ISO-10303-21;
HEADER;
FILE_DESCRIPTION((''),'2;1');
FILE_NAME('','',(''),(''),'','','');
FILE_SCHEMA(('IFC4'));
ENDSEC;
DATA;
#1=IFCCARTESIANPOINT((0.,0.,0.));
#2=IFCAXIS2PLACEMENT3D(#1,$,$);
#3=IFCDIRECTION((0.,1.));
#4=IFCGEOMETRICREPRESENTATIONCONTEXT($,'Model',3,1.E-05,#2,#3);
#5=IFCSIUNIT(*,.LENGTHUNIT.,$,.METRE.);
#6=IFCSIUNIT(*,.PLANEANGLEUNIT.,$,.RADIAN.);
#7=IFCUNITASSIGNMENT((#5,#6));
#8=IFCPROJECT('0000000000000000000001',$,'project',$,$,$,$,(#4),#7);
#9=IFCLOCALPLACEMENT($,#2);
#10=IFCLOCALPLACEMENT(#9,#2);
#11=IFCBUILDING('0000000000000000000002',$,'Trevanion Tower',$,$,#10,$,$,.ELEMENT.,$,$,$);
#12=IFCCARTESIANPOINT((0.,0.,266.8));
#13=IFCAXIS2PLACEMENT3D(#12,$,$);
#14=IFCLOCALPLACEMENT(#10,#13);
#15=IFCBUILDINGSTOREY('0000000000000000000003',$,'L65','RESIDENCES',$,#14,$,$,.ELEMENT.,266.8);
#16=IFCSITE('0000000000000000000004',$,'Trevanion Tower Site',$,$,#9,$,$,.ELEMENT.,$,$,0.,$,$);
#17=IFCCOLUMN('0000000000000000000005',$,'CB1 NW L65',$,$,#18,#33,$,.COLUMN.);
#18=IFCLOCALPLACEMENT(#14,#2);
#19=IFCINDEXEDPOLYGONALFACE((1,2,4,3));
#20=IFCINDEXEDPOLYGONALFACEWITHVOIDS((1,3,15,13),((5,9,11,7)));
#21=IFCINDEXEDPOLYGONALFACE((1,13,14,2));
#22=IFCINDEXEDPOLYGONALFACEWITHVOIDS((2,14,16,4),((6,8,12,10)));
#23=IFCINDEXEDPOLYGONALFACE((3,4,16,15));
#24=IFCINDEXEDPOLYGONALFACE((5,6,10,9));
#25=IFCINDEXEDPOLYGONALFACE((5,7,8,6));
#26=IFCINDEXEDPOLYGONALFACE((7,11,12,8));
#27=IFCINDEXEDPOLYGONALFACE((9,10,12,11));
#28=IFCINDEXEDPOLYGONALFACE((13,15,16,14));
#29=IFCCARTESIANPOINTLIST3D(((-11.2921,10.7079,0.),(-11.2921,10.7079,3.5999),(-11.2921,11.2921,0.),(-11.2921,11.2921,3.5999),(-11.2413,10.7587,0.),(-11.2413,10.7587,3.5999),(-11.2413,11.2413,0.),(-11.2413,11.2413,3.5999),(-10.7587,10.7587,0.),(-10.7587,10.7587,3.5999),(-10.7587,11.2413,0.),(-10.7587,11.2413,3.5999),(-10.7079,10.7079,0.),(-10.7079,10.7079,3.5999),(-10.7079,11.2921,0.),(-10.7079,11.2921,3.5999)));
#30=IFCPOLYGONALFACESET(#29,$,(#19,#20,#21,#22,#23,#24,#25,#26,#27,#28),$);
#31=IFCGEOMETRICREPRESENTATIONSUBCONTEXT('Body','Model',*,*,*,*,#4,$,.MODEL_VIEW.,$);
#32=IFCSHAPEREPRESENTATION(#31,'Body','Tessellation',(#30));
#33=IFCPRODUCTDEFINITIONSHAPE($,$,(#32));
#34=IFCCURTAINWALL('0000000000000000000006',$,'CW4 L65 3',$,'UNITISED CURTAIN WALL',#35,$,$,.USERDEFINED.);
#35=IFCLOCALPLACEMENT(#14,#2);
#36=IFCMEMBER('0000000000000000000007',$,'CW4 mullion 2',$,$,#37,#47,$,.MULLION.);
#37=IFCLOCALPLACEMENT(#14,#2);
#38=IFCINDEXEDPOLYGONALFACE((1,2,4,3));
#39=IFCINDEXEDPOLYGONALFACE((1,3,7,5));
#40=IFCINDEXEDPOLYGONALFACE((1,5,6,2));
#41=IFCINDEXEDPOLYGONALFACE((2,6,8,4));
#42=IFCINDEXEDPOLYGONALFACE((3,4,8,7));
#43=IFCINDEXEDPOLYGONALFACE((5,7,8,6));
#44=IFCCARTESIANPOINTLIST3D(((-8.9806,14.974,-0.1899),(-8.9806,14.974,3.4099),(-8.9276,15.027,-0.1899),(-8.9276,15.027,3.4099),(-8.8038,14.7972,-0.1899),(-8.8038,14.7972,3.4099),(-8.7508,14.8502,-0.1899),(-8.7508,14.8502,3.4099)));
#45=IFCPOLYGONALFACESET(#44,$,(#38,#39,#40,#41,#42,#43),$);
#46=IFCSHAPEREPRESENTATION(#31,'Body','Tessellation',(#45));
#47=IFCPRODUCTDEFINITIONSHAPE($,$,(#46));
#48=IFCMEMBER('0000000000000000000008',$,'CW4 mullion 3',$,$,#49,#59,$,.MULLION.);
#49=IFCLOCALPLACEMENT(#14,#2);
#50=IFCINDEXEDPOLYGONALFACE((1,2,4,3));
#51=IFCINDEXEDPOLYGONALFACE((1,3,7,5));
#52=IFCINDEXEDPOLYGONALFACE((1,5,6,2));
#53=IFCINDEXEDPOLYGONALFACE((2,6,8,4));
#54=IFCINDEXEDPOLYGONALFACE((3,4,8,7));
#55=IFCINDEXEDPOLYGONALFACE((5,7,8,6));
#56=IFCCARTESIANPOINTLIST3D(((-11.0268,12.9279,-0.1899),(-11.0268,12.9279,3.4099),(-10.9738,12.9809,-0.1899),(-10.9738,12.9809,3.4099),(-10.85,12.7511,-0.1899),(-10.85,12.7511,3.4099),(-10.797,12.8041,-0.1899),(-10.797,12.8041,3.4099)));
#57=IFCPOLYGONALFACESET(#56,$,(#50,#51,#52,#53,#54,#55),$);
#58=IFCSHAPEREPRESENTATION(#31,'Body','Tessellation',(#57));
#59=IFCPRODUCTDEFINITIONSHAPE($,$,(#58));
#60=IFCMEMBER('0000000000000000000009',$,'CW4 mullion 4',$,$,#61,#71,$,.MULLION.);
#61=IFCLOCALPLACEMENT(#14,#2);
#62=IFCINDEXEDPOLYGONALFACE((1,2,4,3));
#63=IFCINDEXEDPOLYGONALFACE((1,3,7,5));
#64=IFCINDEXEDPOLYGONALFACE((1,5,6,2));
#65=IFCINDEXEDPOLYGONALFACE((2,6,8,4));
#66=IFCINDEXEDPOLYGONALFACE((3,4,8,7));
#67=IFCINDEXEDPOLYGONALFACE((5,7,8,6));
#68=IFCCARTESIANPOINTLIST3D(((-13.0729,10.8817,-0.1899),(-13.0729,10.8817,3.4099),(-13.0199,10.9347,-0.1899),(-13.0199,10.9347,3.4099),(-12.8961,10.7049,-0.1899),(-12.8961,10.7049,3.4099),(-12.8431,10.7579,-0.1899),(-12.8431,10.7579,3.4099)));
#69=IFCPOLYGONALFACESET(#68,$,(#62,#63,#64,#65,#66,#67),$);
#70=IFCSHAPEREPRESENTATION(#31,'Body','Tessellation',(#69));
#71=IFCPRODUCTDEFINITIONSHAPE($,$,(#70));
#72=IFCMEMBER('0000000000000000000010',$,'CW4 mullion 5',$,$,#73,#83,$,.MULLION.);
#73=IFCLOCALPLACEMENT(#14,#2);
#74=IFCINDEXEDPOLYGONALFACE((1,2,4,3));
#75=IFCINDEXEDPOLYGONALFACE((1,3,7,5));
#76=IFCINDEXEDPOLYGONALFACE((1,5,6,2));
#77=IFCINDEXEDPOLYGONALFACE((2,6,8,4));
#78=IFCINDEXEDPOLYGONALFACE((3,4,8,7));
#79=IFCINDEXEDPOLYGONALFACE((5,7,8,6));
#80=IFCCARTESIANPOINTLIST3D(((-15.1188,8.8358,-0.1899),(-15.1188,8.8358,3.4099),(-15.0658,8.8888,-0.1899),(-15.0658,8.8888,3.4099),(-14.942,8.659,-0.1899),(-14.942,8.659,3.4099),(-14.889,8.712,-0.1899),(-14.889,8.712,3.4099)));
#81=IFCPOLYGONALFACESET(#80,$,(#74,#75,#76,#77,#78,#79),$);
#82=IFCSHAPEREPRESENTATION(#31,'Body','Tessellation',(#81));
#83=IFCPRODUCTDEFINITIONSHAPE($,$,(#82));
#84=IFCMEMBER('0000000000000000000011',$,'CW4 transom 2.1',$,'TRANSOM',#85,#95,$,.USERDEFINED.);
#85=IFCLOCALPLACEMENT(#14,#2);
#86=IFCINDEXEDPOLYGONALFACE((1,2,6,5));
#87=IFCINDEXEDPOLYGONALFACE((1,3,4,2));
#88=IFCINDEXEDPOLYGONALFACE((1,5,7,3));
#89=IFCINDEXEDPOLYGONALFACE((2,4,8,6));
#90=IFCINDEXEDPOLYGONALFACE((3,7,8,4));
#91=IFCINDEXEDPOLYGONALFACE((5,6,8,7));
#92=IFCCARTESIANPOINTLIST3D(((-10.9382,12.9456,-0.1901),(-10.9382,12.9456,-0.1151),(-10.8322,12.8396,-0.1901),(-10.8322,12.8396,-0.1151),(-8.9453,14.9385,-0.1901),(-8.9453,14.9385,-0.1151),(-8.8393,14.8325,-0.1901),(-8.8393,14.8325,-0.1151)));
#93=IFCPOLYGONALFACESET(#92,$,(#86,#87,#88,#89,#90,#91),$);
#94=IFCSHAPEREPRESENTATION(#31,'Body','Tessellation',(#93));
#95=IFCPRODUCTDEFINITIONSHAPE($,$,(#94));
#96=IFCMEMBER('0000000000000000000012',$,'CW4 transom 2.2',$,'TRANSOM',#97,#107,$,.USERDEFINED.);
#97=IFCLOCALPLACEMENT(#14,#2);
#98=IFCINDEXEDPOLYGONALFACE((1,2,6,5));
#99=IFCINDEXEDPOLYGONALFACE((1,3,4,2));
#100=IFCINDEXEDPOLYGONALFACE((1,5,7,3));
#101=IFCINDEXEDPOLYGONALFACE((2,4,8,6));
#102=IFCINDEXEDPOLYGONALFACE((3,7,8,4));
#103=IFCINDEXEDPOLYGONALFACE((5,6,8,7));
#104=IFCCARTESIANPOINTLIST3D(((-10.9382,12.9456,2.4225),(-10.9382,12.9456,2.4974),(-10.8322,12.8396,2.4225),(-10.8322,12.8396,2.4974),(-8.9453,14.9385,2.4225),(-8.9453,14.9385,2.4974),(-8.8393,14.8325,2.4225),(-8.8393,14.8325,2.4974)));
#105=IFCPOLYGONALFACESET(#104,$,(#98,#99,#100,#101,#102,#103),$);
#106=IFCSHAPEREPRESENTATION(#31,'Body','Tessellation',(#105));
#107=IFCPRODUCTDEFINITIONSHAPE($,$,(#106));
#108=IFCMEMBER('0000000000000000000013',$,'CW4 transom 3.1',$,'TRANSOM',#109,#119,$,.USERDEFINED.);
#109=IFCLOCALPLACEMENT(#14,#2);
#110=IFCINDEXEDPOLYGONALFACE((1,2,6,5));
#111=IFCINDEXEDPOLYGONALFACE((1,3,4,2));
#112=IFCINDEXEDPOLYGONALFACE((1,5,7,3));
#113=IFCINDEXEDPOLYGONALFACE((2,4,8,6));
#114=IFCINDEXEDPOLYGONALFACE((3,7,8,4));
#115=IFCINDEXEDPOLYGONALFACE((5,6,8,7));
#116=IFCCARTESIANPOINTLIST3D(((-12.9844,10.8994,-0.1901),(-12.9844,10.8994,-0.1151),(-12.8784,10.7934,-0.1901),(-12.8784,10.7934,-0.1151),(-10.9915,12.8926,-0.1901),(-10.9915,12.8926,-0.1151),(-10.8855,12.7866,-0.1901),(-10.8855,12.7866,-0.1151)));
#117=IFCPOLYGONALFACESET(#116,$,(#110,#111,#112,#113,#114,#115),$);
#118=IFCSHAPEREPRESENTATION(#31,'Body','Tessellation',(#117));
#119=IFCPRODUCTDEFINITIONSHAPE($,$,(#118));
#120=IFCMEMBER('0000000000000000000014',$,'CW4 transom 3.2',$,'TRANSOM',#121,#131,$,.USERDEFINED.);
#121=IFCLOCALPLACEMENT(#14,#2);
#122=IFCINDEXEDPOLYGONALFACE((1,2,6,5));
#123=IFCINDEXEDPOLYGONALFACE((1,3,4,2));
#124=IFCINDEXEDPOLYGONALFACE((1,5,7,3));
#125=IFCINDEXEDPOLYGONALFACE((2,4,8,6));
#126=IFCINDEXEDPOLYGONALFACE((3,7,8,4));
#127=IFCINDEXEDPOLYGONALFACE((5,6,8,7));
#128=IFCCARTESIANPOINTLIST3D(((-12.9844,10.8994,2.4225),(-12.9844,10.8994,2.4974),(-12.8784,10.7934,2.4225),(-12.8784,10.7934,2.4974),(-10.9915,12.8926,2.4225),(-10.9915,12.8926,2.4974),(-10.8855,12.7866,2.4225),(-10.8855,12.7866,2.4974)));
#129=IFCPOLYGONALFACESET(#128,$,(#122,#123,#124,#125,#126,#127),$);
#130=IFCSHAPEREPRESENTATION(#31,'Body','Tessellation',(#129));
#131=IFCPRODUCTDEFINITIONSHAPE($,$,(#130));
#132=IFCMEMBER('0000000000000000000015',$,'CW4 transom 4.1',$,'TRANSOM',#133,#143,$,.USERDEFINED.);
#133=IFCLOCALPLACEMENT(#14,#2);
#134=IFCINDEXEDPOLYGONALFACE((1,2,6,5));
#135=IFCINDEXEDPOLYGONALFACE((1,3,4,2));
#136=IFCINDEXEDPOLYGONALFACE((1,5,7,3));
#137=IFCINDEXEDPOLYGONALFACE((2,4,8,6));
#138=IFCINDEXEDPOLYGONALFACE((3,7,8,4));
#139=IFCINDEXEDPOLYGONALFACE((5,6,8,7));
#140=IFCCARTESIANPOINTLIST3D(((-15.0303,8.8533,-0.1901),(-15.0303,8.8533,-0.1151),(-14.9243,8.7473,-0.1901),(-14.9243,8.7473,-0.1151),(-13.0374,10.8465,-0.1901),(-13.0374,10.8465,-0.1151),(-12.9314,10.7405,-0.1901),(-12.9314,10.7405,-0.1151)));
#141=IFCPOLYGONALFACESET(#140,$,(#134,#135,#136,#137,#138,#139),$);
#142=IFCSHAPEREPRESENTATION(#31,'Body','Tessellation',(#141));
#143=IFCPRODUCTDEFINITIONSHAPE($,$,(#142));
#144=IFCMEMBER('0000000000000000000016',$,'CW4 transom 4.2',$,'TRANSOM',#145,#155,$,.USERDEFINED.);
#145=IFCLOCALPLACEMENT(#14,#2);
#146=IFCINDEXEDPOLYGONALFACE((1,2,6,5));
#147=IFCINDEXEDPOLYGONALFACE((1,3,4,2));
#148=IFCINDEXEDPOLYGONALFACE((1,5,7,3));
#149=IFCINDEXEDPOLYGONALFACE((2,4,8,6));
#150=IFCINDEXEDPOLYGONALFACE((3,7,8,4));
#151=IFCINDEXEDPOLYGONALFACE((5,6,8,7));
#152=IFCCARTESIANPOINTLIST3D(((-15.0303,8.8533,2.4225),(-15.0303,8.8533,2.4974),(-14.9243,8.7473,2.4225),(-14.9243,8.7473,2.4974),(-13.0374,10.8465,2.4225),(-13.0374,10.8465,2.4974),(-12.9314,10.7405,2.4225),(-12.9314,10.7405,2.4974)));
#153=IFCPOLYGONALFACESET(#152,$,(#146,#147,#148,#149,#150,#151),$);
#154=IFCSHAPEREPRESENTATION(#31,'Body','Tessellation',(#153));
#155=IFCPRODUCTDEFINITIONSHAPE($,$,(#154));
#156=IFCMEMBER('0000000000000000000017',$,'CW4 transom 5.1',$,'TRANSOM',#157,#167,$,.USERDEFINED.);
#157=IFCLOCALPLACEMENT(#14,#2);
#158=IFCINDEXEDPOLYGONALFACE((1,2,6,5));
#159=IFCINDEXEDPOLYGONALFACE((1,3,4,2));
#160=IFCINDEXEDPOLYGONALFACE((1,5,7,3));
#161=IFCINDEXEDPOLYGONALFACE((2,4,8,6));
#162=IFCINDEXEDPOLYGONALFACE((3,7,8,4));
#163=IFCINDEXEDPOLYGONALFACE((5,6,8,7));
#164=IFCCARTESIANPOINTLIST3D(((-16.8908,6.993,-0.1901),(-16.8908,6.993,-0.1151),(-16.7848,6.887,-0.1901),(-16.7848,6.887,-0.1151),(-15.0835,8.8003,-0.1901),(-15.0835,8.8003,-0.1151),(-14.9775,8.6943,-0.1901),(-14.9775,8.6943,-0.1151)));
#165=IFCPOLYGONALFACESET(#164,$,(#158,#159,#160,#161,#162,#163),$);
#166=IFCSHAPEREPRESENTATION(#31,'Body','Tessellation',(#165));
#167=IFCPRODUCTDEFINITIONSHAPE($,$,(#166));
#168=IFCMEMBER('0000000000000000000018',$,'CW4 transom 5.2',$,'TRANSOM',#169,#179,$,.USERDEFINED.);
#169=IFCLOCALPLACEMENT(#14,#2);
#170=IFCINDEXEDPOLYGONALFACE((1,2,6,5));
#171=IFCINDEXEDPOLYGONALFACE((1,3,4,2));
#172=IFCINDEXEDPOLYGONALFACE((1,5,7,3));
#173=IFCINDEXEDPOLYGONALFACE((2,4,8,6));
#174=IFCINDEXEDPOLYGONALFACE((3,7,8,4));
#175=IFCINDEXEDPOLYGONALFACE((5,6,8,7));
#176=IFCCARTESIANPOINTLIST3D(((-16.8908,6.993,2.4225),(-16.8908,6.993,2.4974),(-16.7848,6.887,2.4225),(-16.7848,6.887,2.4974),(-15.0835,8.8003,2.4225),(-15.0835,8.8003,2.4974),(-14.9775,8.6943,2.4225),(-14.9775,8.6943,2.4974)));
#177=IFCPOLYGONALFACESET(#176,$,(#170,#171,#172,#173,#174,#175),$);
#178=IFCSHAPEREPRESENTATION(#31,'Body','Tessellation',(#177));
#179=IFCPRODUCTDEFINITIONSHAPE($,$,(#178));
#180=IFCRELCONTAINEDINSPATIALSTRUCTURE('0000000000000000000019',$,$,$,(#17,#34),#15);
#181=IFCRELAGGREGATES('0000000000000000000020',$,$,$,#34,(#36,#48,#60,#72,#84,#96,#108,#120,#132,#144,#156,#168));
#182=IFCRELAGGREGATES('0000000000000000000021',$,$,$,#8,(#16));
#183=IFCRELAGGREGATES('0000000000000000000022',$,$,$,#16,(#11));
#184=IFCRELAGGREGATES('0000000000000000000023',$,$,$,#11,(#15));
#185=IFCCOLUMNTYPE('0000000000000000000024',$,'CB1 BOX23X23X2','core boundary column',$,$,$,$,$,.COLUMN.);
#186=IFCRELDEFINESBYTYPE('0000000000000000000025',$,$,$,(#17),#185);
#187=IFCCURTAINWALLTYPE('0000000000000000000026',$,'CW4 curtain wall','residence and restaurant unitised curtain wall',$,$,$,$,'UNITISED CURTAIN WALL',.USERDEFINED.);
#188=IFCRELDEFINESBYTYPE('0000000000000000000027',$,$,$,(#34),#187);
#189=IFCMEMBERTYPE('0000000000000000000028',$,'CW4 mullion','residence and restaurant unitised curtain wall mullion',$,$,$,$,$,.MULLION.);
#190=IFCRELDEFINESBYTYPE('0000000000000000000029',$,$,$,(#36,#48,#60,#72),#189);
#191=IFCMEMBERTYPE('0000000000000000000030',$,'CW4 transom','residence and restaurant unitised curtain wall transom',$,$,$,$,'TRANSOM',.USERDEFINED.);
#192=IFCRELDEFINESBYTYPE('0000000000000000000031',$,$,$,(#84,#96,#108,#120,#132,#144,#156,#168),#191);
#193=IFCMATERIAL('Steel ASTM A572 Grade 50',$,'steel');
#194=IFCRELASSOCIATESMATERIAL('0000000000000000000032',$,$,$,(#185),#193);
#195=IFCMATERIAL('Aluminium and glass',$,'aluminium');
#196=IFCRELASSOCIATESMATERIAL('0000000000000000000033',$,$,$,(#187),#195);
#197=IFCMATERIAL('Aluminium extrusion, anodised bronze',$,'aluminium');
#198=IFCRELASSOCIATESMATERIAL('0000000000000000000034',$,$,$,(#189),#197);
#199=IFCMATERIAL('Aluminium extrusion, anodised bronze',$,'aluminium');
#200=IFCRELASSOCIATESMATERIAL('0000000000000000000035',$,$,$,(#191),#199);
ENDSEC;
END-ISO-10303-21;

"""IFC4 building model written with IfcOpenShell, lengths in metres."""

from ifc_helpers import new_model, si_unit, direction, frame, origin, origin_2d, place, context, subcontext, project, spatial, rectangle, hollow_rectangle, extrude, material, material_profile, profile_set, type_object, element, aggregate, save


model = new_model("IFC4")

# Units and contexts
model_context = context("Model", 3, precision=1e-05, world=origin(), true_north=direction((0.0, 1.0)))
body_context = subcontext(model_context, "Body", "Model", "MODEL_VIEW")
ifc_project = project(units=[si_unit("LENGTHUNIT", "METRE"), si_unit("PLANEANGLEUNIT", "RADIAN")], contexts=[model_context])

# Site, building, storey
site_placement = place(None, origin())
site = spatial("IfcSite", under=ifc_project, at=site_placement, Name="Trevanion Tower Site", CompositionType="ELEMENT", RefElevation=0.0)
building_placement = place(site_placement, origin())
building = spatial("IfcBuilding", under=site, at=building_placement, Name="Trevanion Tower", CompositionType="ELEMENT")
storey_placement = place(building_placement, frame((0.0, 0.0, 266.8)))
storey = spatial("IfcBuildingStorey", under=building, at=storey_placement, Name="L65", Description="RESIDENCES", CompositionType="ELEMENT", Elevation=266.8)

# Column
ifc_material_1 = material(Name="Steel ASTM A572 Grade 50", Category="steel")
ifc_material_profile_1 = material_profile(ifc_material_1, hollow_rectangle(XDim=0.5842, YDim=0.5842, WallThickness=0.0508, at=origin_2d()), Name="BOX23X23X2")
ifc_profile_set_1 = profile_set([ifc_material_profile_1], Name="Steel ASTM A572 Grade 50")
column_type = type_object("IfcColumnType", Name="CB1 BOX23X23X2", Description="core boundary column", PredefinedType="COLUMN", material=ifc_profile_set_1)
column_placement = place(storey_placement, frame((-11.0, 11.0, 0.0), z_axis=(0.0, 0.0, 1.0), x_axis=(1.0, 0.0, 0.0)))
element("IfcColumn", 1, at=column_placement, inside=storey, type_object=column_type, Name="CB1 NW L65", PredefinedType="COLUMN", context=body_context, shape_type="SweptSolid", body=[
    extrude(hollow_rectangle(XDim=0.5842, YDim=0.5842, WallThickness=0.0508, at=origin_2d()), origin(), (0.0, 0.0, 1.0), 3.5999),
])

# Curtain wall, members
ifc_material_2 = material(Name="Aluminium and glass", Category="aluminium")
curtain_wall_type = type_object("IfcCurtainWallType", Name="CW4 curtain wall", Description="residence and restaurant unitised curtain wall", ElementType="UNITISED CURTAIN WALL", PredefinedType="USERDEFINED", material=ifc_material_2)
curtain_wall_placement = place(storey_placement, origin())
curtain_wall = element("IfcCurtainWall", 2, at=curtain_wall_placement, inside=storey, type_object=curtain_wall_type, Name="CW4 L65 3", ObjectType="UNITISED CURTAIN WALL", PredefinedType="USERDEFINED")
ifc_material_3 = material(Name="Aluminium extrusion, anodised bronze", Category="aluminium")
ifc_material_profile_2 = material_profile(ifc_material_3, rectangle(XDim=0.075, YDim=0.25, at=origin_2d()), Name="CW4 mullion")
ifc_profile_set_2 = profile_set([ifc_material_profile_2], Name="Aluminium extrusion, anodised bronze")
member_type_1 = type_object("IfcMemberType", Name="CW4 mullion", Description="residence and restaurant unitised curtain wall mullion", PredefinedType="MULLION", material=ifc_profile_set_2)
member_1_placement = place(storey_placement, frame((-8.8657, 14.9121, -0.1899), z_axis=(0.0, 0.0, 1.0), x_axis=(-0.707107, -0.707107, 0.0)))
member_1 = element("IfcMember", 3, at=member_1_placement, type_object=member_type_1, Name="CW4 mullion 2", PredefinedType="MULLION", context=body_context, shape_type="SweptSolid", body=[
    extrude(rectangle(XDim=0.075, YDim=0.25, at=origin_2d()), origin(), (0.0, 0.0, 1.0), 3.5999),
])
member_2_placement = place(storey_placement, frame((-10.9119, 12.866, -0.1899), z_axis=(0.0, 0.0, 1.0), x_axis=(-0.707107, -0.707107, 0.0)))
member_2 = element("IfcMember", 4, at=member_2_placement, type_object=member_type_1, Name="CW4 mullion 3", PredefinedType="MULLION", context=body_context, shape_type="SweptSolid", body=[
    extrude(rectangle(XDim=0.075, YDim=0.25, at=origin_2d()), origin(), (0.0, 0.0, 1.0), 3.5999),
])
member_3_placement = place(storey_placement, frame((-12.958, 10.8198, -0.1899), z_axis=(0.0, 0.0, 1.0), x_axis=(-0.707107, -0.707107, 0.0)))
member_3 = element("IfcMember", 5, at=member_3_placement, type_object=member_type_1, Name="CW4 mullion 4", PredefinedType="MULLION", context=body_context, shape_type="SweptSolid", body=[
    extrude(rectangle(XDim=0.075, YDim=0.25, at=origin_2d()), origin(), (0.0, 0.0, 1.0), 3.5999),
])
member_4_placement = place(storey_placement, frame((-15.0039, 8.7739, -0.1899), z_axis=(0.0, 0.0, 1.0), x_axis=(-0.707107, -0.707107, 0.0)))
member_4 = element("IfcMember", 6, at=member_4_placement, type_object=member_type_1, Name="CW4 mullion 5", PredefinedType="MULLION", context=body_context, shape_type="SweptSolid", body=[
    extrude(rectangle(XDim=0.075, YDim=0.25, at=origin_2d()), origin(), (0.0, 0.0, 1.0), 3.5999),
])
ifc_material_4 = material(Name="Aluminium extrusion, anodised bronze", Category="aluminium")
ifc_material_profile_3 = material_profile(ifc_material_4, rectangle(XDim=0.1499, YDim=0.075, at=origin_2d()), Name="CW4 transom")
ifc_profile_set_3 = profile_set([ifc_material_profile_3], Name="Aluminium extrusion, anodised bronze")
member_type_2 = type_object("IfcMemberType", Name="CW4 transom", Description="residence and restaurant unitised curtain wall transom", ElementType="TRANSOM", PredefinedType="USERDEFINED", material=ifc_profile_set_3)
member_5_placement = place(storey_placement, frame((-8.8923, 14.8855, -0.1526), z_axis=(-0.707107, -0.707107, 0.0), x_axis=(0.707107, -0.707107, 0.0)))
member_5 = element("IfcMember", 7, at=member_5_placement, type_object=member_type_2, Name="CW4 transom 2.1", ObjectType="TRANSOM", PredefinedType="USERDEFINED", context=body_context, shape_type="SweptSolid", body=[
    extrude(rectangle(XDim=0.1499, YDim=0.075, at=origin_2d()), origin(), (0.0, 0.0, 1.0), 2.8184),
])
member_6_placement = place(storey_placement, frame((-8.8923, 14.8855, 2.46), z_axis=(-0.707107, -0.707107, 0.0), x_axis=(0.707107, -0.707107, 0.0)))
member_6 = element("IfcMember", 8, at=member_6_placement, type_object=member_type_2, Name="CW4 transom 2.2", ObjectType="TRANSOM", PredefinedType="USERDEFINED", context=body_context, shape_type="SweptSolid", body=[
    extrude(rectangle(XDim=0.1499, YDim=0.075, at=origin_2d()), origin(), (0.0, 0.0, 1.0), 2.8184),
])
member_7_placement = place(storey_placement, frame((-10.9385, 12.8396, -0.1526), z_axis=(-0.707063, -0.70715, 0.0), x_axis=(0.70715, -0.707063, 0.0)))
member_7 = element("IfcMember", 9, at=member_7_placement, type_object=member_type_2, Name="CW4 transom 3.1", ObjectType="TRANSOM", PredefinedType="USERDEFINED", context=body_context, shape_type="SweptSolid", body=[
    extrude(rectangle(XDim=0.1499, YDim=0.075, at=origin_2d()), origin(), (0.0, 0.0, 1.0), 2.8186),
])
member_8_placement = place(storey_placement, frame((-10.9385, 12.8396, 2.46), z_axis=(-0.707063, -0.70715, 0.0), x_axis=(0.70715, -0.707063, 0.0)))
member_8 = element("IfcMember", 10, at=member_8_placement, type_object=member_type_2, Name="CW4 transom 3.2", ObjectType="TRANSOM", PredefinedType="USERDEFINED", context=body_context, shape_type="SweptSolid", body=[
    extrude(rectangle(XDim=0.1499, YDim=0.075, at=origin_2d()), origin(), (0.0, 0.0, 1.0), 2.8186),
])
member_9_placement = place(storey_placement, frame((-12.9844, 10.7935, -0.1526), z_axis=(-0.707063, -0.70715, 0.0), x_axis=(0.70715, -0.707063, 0.0)))
member_9 = element("IfcMember", 11, at=member_9_placement, type_object=member_type_2, Name="CW4 transom 4.1", ObjectType="TRANSOM", PredefinedType="USERDEFINED", context=body_context, shape_type="SweptSolid", body=[
    extrude(rectangle(XDim=0.1499, YDim=0.075, at=origin_2d()), origin(), (0.0, 0.0, 1.0), 2.8186),
])
member_10_placement = place(storey_placement, frame((-12.9844, 10.7935, 2.46), z_axis=(-0.707063, -0.70715, 0.0), x_axis=(0.70715, -0.707063, 0.0)))
member_10 = element("IfcMember", 12, at=member_10_placement, type_object=member_type_2, Name="CW4 transom 4.2", ObjectType="TRANSOM", PredefinedType="USERDEFINED", context=body_context, shape_type="SweptSolid", body=[
    extrude(rectangle(XDim=0.1499, YDim=0.075, at=origin_2d()), origin(), (0.0, 0.0, 1.0), 2.8186),
])
member_11_placement = place(storey_placement, frame((-15.0305, 8.7473, -0.1526), z_axis=(-0.707107, -0.707107, 0.0), x_axis=(0.707107, -0.707107, 0.0)))
member_11 = element("IfcMember", 13, at=member_11_placement, type_object=member_type_2, Name="CW4 transom 5.1", ObjectType="TRANSOM", PredefinedType="USERDEFINED", context=body_context, shape_type="SweptSolid", body=[
    extrude(rectangle(XDim=0.1499, YDim=0.075, at=origin_2d()), origin(), (0.0, 0.0, 1.0), 2.5559),
])
member_12_placement = place(storey_placement, frame((-15.0305, 8.7473, 2.46), z_axis=(-0.707107, -0.707107, 0.0), x_axis=(0.707107, -0.707107, 0.0)))
member_12 = element("IfcMember", 14, at=member_12_placement, type_object=member_type_2, Name="CW4 transom 5.2", ObjectType="TRANSOM", PredefinedType="USERDEFINED", context=body_context, shape_type="SweptSolid", body=[
    extrude(rectangle(XDim=0.1499, YDim=0.075, at=origin_2d()), origin(), (0.0, 0.0, 1.0), 2.5559),
])

aggregate(curtain_wall, [member_1, member_2, member_3, member_4, member_5, member_6, member_7, member_8, member_9, member_10, member_11, member_12])

save(model, "model.ifc")
